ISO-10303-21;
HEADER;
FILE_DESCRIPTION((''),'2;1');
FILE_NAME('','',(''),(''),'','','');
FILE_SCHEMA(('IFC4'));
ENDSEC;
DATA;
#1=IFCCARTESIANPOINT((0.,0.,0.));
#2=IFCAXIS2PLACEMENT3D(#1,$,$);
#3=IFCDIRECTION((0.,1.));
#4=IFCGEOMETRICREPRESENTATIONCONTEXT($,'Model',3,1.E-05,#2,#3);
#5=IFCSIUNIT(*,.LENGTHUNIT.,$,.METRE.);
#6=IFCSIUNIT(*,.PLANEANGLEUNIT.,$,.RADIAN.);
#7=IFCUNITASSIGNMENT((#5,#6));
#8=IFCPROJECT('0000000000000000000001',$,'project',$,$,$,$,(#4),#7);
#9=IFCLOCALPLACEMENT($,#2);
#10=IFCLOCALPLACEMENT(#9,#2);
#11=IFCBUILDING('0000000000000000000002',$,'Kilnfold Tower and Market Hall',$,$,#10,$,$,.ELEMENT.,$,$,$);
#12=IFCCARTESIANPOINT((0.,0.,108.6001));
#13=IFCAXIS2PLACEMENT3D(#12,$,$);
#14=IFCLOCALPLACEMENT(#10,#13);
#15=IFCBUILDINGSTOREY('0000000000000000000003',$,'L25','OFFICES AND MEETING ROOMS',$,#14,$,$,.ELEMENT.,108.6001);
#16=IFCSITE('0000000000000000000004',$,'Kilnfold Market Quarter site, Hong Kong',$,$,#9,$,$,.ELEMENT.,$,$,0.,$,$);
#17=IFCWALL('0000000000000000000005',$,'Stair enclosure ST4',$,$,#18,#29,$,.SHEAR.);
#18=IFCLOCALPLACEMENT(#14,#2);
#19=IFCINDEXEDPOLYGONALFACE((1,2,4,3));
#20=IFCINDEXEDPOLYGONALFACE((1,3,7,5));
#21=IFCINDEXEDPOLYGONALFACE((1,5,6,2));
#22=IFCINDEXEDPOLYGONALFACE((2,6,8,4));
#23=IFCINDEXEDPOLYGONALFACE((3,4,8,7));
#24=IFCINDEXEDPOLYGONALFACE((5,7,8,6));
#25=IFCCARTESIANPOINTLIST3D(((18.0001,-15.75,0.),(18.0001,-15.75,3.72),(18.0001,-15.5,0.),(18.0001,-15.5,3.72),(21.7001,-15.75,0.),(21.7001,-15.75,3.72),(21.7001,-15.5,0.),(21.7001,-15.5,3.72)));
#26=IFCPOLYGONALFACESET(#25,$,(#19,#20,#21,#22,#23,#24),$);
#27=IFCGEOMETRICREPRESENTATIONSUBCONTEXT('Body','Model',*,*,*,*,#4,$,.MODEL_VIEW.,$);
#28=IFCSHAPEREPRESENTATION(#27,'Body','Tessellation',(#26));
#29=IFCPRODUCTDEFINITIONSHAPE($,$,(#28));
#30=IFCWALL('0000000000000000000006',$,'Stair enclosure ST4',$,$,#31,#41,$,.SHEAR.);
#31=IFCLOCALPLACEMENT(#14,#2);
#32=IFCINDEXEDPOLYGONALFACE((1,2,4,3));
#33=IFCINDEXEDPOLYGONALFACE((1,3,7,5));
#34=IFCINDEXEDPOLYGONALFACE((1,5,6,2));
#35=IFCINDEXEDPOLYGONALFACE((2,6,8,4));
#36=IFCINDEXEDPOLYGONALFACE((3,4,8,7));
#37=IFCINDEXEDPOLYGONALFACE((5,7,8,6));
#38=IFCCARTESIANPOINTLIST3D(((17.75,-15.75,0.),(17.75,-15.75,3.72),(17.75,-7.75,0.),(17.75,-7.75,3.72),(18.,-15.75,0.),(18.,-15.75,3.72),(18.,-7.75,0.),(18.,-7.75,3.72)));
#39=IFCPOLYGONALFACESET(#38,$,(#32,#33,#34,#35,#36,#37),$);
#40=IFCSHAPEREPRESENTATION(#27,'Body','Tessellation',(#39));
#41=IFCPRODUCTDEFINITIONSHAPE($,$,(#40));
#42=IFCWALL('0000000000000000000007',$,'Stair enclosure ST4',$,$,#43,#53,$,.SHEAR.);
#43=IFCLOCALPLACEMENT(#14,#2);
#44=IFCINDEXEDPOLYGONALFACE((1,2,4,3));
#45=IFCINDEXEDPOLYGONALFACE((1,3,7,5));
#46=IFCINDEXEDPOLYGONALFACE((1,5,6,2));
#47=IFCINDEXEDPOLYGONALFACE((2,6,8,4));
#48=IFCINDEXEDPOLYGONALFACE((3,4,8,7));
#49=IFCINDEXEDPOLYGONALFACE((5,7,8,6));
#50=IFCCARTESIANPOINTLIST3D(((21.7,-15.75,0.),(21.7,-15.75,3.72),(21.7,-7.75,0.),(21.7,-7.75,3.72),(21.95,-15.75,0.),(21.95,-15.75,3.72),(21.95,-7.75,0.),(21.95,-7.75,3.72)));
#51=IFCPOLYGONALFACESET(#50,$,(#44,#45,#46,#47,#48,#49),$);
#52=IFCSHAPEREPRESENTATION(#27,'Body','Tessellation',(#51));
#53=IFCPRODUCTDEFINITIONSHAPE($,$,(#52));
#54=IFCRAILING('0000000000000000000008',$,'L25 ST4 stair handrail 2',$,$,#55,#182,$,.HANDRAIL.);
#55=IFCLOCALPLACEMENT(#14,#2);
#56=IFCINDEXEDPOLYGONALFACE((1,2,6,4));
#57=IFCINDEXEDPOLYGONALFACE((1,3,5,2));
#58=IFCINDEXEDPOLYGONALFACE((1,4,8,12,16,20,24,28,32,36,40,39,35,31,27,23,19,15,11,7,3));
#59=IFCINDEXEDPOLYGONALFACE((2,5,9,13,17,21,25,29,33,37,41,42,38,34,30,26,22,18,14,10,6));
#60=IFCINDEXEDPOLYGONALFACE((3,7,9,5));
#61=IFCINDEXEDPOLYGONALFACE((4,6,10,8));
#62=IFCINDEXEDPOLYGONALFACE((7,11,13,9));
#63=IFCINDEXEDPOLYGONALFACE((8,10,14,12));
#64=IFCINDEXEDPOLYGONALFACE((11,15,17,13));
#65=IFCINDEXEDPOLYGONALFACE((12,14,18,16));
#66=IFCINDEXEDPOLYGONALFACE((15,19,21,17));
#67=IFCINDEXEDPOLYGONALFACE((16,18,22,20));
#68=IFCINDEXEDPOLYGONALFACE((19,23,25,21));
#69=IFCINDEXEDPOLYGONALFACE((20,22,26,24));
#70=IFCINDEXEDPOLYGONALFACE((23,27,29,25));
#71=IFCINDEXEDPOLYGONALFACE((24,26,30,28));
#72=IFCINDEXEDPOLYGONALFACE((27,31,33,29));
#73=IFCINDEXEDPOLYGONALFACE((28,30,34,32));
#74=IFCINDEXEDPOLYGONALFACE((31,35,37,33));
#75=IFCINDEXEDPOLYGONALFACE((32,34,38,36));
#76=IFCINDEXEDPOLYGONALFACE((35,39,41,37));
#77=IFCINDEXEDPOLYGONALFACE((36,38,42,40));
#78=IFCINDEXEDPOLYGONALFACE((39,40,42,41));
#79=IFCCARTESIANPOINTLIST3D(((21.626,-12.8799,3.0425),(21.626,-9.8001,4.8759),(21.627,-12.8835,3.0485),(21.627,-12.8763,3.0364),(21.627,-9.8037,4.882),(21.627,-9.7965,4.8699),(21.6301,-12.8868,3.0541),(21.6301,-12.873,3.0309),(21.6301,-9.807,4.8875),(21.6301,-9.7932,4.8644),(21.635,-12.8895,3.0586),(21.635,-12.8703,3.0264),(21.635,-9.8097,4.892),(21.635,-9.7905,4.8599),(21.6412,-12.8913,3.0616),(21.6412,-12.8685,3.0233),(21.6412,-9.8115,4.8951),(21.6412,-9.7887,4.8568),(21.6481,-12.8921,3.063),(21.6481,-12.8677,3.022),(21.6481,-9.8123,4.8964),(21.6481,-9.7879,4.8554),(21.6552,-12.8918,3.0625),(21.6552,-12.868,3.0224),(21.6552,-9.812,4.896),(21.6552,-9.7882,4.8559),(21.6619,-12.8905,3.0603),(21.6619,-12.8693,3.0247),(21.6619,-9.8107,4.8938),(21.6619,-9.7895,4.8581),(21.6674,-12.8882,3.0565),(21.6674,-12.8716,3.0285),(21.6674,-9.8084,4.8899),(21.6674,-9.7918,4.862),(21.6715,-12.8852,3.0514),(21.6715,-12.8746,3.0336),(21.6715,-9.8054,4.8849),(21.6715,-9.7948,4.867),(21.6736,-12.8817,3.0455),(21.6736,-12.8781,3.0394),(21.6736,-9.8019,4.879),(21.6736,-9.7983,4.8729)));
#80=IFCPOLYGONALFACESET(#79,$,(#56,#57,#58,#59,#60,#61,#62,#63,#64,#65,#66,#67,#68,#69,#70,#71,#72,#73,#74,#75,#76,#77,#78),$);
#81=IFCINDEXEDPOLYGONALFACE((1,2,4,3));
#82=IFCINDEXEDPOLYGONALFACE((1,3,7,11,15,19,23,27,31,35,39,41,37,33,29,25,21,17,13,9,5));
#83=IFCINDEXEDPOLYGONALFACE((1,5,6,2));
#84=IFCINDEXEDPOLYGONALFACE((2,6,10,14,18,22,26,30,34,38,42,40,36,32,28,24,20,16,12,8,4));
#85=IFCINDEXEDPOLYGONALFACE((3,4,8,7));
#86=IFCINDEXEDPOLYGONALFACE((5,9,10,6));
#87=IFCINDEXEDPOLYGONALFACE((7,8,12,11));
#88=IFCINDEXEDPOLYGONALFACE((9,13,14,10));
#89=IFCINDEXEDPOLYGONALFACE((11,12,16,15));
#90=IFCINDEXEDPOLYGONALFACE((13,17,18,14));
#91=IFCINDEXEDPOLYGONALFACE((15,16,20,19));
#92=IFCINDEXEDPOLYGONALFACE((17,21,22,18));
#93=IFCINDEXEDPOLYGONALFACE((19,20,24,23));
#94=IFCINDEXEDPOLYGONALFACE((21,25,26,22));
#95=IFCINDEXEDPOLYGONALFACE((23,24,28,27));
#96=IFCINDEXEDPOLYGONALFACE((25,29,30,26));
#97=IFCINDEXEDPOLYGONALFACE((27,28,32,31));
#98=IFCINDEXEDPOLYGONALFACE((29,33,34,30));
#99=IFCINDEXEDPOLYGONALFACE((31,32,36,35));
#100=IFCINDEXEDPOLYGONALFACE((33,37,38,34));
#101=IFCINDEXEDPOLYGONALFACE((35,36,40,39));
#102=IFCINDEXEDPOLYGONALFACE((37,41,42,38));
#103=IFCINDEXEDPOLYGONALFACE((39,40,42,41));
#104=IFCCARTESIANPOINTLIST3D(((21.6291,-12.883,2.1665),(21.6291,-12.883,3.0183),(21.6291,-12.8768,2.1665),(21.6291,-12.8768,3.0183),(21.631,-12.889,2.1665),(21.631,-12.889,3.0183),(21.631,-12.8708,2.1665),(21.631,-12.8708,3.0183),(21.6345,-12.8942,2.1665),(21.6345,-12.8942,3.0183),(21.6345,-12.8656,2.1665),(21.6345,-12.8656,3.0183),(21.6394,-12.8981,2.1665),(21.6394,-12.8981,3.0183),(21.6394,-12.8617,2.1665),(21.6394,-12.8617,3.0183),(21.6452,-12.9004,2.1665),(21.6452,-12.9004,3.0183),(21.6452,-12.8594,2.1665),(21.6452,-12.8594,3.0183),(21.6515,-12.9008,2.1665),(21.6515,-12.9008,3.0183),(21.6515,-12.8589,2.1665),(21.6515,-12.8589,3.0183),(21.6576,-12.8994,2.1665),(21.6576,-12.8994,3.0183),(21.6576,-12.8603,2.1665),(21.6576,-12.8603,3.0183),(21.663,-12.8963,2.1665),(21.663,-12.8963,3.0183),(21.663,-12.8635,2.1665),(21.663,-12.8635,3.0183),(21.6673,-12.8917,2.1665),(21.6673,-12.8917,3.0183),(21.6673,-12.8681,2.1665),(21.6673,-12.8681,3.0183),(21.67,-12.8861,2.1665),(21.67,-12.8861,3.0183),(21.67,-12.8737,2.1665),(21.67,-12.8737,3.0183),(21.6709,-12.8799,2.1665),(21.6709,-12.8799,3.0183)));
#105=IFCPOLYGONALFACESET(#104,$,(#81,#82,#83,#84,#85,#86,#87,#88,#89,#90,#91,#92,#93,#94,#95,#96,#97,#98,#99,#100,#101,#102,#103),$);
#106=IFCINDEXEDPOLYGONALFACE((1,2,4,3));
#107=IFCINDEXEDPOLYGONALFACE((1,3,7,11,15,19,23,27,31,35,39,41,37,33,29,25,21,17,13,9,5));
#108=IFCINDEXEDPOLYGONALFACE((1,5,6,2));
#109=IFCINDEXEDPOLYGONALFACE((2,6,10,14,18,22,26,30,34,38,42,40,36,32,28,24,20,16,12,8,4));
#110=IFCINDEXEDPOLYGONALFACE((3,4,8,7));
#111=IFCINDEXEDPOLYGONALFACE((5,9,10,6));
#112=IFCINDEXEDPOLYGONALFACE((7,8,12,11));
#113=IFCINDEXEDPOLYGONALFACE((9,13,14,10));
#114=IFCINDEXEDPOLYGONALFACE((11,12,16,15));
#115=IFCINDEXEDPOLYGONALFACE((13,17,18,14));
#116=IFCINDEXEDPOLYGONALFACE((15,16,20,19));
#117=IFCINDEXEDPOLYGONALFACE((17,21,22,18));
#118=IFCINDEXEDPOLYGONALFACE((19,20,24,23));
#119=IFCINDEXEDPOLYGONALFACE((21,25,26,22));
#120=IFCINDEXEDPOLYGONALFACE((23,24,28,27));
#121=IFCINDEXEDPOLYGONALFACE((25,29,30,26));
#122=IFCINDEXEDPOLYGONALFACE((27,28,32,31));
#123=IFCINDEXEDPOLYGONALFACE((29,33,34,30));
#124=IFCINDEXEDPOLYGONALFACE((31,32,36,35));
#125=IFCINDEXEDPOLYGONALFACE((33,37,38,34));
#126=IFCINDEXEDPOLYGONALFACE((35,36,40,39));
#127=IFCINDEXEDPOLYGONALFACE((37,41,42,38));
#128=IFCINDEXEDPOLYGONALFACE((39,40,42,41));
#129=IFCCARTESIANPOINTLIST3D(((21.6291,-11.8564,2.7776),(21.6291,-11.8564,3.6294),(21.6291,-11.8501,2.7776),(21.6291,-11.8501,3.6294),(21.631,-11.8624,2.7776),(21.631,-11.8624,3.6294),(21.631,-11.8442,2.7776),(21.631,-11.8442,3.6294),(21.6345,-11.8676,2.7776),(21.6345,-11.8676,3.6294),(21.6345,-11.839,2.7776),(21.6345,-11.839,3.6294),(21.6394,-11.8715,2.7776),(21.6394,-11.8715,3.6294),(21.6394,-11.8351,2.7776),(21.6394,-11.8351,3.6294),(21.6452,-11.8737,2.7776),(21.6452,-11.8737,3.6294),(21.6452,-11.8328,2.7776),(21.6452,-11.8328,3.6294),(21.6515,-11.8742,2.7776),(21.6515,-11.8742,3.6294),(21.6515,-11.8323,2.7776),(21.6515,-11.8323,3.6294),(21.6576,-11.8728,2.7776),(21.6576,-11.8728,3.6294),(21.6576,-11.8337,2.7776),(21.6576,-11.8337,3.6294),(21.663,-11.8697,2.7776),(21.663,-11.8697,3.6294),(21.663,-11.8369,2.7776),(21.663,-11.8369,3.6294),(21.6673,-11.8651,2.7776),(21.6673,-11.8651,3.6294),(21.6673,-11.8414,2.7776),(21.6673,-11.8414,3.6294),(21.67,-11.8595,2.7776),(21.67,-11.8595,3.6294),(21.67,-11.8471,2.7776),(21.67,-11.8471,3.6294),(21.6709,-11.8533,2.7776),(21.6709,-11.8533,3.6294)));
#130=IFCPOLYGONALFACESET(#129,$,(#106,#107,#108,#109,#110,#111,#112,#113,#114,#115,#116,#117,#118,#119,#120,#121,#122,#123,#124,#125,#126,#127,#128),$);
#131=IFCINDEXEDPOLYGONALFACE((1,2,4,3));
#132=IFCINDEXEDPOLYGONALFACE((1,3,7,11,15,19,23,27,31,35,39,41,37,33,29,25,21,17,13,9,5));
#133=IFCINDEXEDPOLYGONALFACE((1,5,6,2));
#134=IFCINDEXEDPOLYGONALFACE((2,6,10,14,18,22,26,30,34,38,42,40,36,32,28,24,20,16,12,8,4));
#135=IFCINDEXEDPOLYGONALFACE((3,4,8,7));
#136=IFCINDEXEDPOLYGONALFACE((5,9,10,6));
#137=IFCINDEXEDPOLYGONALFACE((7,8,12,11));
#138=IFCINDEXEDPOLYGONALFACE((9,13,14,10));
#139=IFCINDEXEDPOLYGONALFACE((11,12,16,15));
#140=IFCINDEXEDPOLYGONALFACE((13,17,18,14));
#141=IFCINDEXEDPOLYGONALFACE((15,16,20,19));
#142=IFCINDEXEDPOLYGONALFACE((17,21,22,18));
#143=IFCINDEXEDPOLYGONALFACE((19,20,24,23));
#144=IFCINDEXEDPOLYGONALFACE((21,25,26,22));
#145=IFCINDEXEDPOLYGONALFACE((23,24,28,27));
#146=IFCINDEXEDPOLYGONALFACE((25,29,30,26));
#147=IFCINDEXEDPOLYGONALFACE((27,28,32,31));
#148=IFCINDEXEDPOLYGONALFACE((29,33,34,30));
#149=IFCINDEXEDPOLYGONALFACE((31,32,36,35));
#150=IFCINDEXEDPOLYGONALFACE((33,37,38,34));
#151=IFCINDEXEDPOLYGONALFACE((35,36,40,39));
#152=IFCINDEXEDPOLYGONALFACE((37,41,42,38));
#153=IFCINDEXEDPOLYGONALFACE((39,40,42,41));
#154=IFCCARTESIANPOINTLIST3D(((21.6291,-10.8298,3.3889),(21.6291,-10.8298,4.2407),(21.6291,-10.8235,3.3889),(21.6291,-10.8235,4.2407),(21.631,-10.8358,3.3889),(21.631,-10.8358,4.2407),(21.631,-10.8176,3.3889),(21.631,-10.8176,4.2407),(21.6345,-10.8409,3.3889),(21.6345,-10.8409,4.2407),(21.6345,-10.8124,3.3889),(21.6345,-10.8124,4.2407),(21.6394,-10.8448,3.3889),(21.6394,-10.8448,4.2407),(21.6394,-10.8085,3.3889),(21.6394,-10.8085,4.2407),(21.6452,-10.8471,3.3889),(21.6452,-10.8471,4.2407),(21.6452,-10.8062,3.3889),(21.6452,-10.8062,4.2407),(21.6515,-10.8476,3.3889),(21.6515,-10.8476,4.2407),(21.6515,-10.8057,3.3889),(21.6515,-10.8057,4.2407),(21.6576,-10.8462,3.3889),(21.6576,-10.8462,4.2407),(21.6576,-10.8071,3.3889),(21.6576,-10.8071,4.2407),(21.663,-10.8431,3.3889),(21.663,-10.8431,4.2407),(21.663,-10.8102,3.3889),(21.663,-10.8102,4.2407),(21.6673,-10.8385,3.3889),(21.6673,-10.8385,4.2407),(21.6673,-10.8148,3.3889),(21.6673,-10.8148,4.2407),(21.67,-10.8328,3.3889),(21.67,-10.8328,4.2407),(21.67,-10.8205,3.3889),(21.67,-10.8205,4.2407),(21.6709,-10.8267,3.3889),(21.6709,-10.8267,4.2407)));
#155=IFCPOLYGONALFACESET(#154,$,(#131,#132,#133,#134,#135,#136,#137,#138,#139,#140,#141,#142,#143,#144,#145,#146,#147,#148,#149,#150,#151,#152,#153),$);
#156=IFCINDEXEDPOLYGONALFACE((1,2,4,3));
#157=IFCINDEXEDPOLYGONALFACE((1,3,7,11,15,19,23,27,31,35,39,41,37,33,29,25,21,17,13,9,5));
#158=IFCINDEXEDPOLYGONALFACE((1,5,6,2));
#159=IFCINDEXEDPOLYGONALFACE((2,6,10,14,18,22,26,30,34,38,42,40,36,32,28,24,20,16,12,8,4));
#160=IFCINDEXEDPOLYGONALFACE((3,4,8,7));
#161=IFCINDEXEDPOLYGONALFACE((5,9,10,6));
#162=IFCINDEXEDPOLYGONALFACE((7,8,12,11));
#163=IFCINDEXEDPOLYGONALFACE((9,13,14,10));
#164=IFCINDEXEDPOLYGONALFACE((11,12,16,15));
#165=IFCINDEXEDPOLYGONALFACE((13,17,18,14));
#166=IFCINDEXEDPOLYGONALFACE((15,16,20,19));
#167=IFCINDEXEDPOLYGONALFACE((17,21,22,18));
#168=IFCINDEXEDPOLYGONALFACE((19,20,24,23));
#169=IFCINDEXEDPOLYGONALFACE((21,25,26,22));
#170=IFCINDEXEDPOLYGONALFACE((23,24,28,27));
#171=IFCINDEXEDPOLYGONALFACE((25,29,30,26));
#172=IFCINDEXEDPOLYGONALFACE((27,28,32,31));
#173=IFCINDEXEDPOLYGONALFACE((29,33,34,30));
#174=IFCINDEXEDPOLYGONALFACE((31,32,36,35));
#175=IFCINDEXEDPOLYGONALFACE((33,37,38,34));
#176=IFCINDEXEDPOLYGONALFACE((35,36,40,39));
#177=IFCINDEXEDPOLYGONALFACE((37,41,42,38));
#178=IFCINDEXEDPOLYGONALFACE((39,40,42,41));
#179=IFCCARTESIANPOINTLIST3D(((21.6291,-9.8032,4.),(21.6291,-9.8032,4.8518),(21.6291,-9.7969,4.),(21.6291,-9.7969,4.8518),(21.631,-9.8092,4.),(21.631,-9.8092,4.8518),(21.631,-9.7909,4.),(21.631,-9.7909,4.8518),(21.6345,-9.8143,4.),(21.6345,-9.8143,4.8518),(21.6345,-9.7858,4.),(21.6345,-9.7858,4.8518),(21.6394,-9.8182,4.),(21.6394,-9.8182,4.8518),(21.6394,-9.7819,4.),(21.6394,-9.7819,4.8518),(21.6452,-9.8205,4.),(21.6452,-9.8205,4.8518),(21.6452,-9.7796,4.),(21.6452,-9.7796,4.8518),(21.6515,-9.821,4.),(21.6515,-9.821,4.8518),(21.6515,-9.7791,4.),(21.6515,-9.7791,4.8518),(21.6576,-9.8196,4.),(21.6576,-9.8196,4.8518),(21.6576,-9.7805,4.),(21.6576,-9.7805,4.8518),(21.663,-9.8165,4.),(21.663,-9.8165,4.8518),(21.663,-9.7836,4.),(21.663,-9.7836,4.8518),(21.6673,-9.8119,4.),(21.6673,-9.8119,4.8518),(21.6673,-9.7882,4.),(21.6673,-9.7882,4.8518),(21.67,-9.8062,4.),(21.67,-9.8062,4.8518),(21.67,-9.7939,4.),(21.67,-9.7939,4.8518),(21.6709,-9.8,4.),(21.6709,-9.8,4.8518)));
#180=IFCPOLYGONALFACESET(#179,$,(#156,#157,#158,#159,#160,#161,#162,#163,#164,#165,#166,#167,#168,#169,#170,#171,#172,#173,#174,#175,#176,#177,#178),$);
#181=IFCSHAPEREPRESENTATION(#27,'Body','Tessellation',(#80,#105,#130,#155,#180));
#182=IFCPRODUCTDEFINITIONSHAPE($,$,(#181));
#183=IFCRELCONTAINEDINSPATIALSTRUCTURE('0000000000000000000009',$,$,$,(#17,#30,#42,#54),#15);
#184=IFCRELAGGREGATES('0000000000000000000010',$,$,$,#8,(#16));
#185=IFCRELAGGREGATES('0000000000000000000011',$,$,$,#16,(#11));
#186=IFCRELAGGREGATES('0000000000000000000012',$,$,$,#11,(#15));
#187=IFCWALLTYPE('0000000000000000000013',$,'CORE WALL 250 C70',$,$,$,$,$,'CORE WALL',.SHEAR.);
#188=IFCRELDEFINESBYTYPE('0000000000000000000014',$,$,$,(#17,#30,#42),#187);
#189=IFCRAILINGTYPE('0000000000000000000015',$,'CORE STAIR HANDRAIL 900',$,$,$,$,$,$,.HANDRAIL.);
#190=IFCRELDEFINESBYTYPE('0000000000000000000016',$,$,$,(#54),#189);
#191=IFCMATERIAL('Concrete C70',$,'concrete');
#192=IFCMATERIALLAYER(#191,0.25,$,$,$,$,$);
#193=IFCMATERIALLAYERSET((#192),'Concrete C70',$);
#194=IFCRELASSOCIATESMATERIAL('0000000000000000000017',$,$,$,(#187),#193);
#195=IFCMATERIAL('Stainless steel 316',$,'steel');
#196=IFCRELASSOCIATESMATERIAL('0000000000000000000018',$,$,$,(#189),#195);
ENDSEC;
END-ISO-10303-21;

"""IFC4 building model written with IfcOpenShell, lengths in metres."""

from ifc_helpers import new_model, si_unit, direction, frame, frame_2d, origin, origin_2d, place, context, subcontext, project, spatial, rectangle, circle, extrude, source, transform, mapped, material, layer, layer_set, type_object, element, save


model = new_model("IFC4")

# Units and contexts
model_context = context("Model", 3, precision=1e-05, world=origin(), true_north=direction((0.0, 1.0)))
body_context = subcontext(model_context, "Body", "Model", "MODEL_VIEW")
ifc_project = project(units=[si_unit("LENGTHUNIT", "METRE"), si_unit("PLANEANGLEUNIT", "RADIAN")], contexts=[model_context])

# Site, building, storey
site_placement = place(None, origin())
site = spatial("IfcSite", under=ifc_project, at=site_placement, Name="Kilnfold Market Quarter site, Hong Kong", CompositionType="ELEMENT", RefElevation=0.0)
building_placement = place(site_placement, origin())
building = spatial("IfcBuilding", under=site, at=building_placement, Name="Kilnfold Tower and Market Hall", CompositionType="ELEMENT")
storey_placement = place(building_placement, frame((0.0, 0.0, 108.6001)))
storey = spatial("IfcBuildingStorey", under=building, at=storey_placement, Name="L25", Description="OFFICES AND MEETING ROOMS", CompositionType="ELEMENT", Elevation=108.6001)

# Walls
ifc_material_1 = material(Name="Concrete C70", Category="concrete")
ifc_layer_1 = layer(ifc_material_1, 0.25)
ifc_layer_set_1 = layer_set([ifc_layer_1], Name="Concrete C70")
wall_type_1 = type_object("IfcWallType", Name="CORE WALL 250 C70", ElementType="CORE WALL", PredefinedType="SHEAR", material=ifc_layer_set_1)
shared_shape_1 = source(origin(), body_context, "Body", "SweptSolid", [
    extrude(rectangle(XDim=3.7, YDim=0.25, at=frame_2d((1.8501, 0.0))), origin(), (0.0, 0.0, 1.0), 3.72),
])
wall_1_placement = place(storey_placement, frame((18.0, -15.625, 0.0), z_axis=(0.0, 0.0, 1.0), x_axis=(1.0, 0.0, 0.0)))
element("IfcWall", 1, at=wall_1_placement, inside=storey, type_object=wall_type_1, Name="Stair enclosure ST4", PredefinedType="SHEAR", context=body_context, shape_type="MappedRepresentation", body=[
    mapped(shared_shape_1, transform((0.0, 0.0, 0.0))),
])
shared_shape_2 = source(origin(), body_context, "Body", "SweptSolid", [
    extrude(rectangle(XDim=8.0, YDim=0.25, at=frame_2d((4.0, 0.0))), origin(), (0.0, 0.0, 1.0), 3.72),
])
for number, where, z_axis, x_axis, name in (
    (2, (17.875, -15.75, 0.0), (0.0, 0.0, 1.0), (0.0, 1.0, 0.0), "Stair enclosure ST4"),
    (3, (21.825, -15.75, 0.0), (0.0, 0.0, 1.0), (0.0, 1.0, 0.0), "Stair enclosure ST4"),
):
    element("IfcWall", number, at=place(storey_placement, frame(where, z_axis=z_axis, x_axis=x_axis)), inside=storey, type_object=wall_type_1, Name=name, PredefinedType="SHEAR", context=body_context, shape_type="MappedRepresentation", body=[
        mapped(shared_shape_2, transform((0.0, 0.0, 0.0))),
    ])

# Railing
ifc_material_2 = material(Name="Stainless steel 316", Category="steel")
railing_type = type_object("IfcRailingType", Name="CORE STAIR HANDRAIL 900", PredefinedType="HANDRAIL", material=ifc_material_2)
railing_placement = place(storey_placement, frame((21.6499, -12.8799, 2.1665)))
element("IfcRailing", 4, at=railing_placement, inside=storey, type_object=railing_type, Name="L25 ST4 stair handrail 2", PredefinedType="HANDRAIL", context=body_context, shape_type="SweptSolid", body=[
    extrude(circle(Radius=0.0239, at=origin_2d()), frame((0.0, 0.0, 0.876), z_axis=(0.0, 0.859261, 0.511538), x_axis=(-1.0, 0.0, 0.0)), (0.0, 0.0, 1.0), 3.5842),
    extrude(circle(Radius=0.021, at=origin_2d()), origin(), (0.0, 0.0, 1.0), 0.8518),
    extrude(circle(Radius=0.021, at=origin_2d()), frame((0.0, 1.0266, 0.6111)), (0.0, 0.0, 1.0), 0.8518),
    extrude(circle(Radius=0.021, at=origin_2d()), frame((0.0, 2.0532, 1.2224)), (0.0, 0.0, 1.0), 0.8518),
    extrude(circle(Radius=0.021, at=origin_2d()), frame((0.0, 3.0798, 1.8335)), (0.0, 0.0, 1.0), 0.8518),
])

save(model, "model.ifc")
